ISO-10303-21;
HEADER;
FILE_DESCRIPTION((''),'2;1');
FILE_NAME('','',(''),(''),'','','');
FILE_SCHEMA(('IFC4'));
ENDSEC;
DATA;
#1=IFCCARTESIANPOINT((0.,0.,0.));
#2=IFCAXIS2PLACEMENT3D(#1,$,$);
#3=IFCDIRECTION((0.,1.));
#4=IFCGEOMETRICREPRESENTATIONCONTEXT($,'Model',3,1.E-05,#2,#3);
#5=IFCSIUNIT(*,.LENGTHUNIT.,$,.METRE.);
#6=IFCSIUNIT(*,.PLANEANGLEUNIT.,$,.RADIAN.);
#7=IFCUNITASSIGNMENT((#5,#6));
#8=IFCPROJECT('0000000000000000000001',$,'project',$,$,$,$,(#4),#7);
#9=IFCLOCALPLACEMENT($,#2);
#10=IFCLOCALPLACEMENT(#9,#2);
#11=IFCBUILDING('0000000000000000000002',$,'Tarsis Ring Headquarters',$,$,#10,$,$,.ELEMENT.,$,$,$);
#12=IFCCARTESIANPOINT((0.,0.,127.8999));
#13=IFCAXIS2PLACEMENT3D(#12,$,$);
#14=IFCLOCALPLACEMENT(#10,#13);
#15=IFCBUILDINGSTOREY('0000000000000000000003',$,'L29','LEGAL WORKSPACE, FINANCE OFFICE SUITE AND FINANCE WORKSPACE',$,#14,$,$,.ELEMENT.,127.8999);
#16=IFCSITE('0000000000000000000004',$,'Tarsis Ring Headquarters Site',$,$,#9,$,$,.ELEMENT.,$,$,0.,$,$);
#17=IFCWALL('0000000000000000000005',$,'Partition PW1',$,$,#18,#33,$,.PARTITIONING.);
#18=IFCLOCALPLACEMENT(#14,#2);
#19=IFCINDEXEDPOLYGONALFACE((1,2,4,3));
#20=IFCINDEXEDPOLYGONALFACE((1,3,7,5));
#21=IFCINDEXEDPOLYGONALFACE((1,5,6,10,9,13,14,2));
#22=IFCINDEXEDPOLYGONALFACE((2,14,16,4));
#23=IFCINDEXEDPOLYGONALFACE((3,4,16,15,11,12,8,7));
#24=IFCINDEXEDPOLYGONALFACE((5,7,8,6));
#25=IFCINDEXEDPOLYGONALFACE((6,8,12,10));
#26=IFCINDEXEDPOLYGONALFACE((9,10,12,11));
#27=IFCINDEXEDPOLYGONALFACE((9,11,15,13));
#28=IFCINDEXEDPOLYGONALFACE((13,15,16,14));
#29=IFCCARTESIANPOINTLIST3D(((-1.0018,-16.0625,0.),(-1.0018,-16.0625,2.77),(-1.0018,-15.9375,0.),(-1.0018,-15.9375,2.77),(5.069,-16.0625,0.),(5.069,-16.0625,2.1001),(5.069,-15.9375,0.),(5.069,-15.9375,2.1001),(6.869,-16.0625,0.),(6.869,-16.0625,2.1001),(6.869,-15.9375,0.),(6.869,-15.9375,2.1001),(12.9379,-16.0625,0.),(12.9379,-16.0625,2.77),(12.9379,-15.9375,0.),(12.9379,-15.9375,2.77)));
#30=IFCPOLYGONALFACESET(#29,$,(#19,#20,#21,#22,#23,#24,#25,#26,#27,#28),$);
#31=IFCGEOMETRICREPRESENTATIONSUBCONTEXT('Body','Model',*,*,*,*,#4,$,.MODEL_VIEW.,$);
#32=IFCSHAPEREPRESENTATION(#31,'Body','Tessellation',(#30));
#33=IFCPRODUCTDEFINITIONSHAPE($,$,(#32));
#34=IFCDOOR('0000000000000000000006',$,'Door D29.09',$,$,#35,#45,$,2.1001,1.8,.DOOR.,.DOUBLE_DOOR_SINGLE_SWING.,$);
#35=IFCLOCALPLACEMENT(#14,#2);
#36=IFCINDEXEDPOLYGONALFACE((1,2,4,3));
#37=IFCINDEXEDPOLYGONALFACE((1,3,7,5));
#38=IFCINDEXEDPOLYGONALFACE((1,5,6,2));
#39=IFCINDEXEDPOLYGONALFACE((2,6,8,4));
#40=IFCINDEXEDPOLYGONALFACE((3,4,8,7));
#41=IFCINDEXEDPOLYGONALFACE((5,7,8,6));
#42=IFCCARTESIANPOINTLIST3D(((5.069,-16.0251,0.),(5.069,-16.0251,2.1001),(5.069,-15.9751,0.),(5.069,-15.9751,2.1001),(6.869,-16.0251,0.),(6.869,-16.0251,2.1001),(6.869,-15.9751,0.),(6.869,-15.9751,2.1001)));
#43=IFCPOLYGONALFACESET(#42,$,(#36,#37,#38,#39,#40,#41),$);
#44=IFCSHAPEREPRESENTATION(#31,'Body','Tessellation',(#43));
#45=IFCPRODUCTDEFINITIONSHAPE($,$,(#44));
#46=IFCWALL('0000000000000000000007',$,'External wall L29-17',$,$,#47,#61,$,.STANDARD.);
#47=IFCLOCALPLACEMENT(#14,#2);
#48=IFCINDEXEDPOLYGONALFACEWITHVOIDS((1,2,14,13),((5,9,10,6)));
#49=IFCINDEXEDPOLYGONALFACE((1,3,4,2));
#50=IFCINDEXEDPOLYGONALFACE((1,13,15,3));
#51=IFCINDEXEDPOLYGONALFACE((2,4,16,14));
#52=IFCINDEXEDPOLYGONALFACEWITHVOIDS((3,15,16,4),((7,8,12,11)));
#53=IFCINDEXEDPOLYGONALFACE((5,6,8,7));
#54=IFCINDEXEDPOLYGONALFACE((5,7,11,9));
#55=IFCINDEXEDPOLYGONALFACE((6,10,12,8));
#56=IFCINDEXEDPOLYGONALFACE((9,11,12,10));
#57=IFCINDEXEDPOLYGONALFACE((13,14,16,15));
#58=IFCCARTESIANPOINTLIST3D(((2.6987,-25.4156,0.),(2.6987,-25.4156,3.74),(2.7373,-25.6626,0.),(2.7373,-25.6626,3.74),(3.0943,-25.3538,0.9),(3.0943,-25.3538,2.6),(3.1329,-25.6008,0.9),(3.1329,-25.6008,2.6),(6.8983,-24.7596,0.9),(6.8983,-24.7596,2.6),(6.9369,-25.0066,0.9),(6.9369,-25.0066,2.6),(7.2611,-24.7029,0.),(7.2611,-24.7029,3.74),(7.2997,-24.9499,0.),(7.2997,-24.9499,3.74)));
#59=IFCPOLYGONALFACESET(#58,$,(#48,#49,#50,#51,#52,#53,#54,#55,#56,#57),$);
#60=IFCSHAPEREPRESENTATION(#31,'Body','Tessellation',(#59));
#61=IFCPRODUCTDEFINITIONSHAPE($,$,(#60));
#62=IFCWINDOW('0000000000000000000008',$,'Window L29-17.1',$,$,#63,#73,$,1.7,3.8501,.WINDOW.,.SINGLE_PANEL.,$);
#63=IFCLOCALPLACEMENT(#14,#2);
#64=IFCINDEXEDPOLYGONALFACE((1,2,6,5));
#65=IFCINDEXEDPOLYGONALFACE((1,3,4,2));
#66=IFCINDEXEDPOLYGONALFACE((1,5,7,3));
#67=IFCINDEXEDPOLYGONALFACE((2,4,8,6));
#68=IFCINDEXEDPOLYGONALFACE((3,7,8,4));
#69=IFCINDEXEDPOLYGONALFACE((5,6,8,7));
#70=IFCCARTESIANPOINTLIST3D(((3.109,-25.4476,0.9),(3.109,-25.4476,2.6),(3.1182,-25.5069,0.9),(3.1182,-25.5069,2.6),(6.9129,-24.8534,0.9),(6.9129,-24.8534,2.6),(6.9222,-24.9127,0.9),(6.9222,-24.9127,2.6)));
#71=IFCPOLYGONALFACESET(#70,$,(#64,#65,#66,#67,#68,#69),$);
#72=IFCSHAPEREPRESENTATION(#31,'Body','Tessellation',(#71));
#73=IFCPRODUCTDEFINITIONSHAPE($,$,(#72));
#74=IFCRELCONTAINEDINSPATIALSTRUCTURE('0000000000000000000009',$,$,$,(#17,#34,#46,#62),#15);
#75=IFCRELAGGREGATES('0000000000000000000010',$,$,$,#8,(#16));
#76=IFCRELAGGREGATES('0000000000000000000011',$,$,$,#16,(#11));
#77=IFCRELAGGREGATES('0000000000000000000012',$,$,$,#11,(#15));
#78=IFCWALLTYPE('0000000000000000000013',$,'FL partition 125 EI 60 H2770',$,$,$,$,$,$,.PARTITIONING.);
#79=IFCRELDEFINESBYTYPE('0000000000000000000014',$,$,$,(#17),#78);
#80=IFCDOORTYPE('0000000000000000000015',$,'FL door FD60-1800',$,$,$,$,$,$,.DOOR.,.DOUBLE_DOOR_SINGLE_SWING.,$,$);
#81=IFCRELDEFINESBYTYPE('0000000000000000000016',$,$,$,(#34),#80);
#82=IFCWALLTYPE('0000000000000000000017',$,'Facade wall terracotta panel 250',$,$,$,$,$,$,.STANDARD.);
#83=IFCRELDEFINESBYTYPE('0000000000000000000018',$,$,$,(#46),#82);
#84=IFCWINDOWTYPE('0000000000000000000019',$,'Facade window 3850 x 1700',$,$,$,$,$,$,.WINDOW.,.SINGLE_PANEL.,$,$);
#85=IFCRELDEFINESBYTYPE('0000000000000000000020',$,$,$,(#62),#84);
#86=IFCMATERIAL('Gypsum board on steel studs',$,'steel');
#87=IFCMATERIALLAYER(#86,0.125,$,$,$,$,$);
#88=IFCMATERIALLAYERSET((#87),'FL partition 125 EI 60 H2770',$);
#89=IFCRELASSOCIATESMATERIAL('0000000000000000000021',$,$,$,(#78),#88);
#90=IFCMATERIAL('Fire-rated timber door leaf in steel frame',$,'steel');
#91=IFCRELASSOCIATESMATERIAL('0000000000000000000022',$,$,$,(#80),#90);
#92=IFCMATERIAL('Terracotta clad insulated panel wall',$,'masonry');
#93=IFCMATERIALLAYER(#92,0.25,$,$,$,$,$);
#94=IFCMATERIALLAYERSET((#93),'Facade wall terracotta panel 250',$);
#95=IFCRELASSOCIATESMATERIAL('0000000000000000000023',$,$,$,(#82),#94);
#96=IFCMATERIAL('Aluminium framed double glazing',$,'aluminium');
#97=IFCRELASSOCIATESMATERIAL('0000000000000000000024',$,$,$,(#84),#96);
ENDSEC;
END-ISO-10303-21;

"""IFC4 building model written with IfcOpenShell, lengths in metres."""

from ifc_helpers import new_model, si_unit, direction, frame, frame_2d, origin, place, context, subcontext, project, spatial, rectangle, extrude, material, layer, layer_set, type_object, element, fill, save


model = new_model("IFC4")

# Units and contexts
model_context = context("Model", 3, precision=1e-05, world=origin(), true_north=direction((0.0, 1.0)))
body_context = subcontext(model_context, "Body", "Model", "MODEL_VIEW")
ifc_project = project(units=[si_unit("LENGTHUNIT", "METRE"), si_unit("PLANEANGLEUNIT", "RADIAN")], contexts=[model_context])

# Site, building, storey
site_placement = place(None, origin())
site = spatial("IfcSite", under=ifc_project, at=site_placement, Name="Tarsis Ring Headquarters Site", CompositionType="ELEMENT", RefElevation=0.0)
building_placement = place(site_placement, origin())
building = spatial("IfcBuilding", under=site, at=building_placement, Name="Tarsis Ring Headquarters", CompositionType="ELEMENT")
storey_placement = place(building_placement, frame((0.0, 0.0, 127.8999)))
storey = spatial("IfcBuildingStorey", under=building, at=storey_placement, Name="L29", Description="LEGAL WORKSPACE, FINANCE OFFICE SUITE AND FINANCE WORKSPACE", CompositionType="ELEMENT", Elevation=127.8999)

# Wall, opening, door
ifc_material_1 = material(Name="Gypsum board on steel studs", Category="steel")
ifc_layer_1 = layer(ifc_material_1, 0.125)
ifc_layer_set_1 = layer_set([ifc_layer_1], Name="FL partition 125 EI 60 H2770")
wall_type_1 = type_object("IfcWallType", Name="FL partition 125 EI 60 H2770", PredefinedType="PARTITIONING", material=ifc_layer_set_1)
wall_1_placement = place(storey_placement, frame((-1.0017, -16.0, 0.0), z_axis=(0.0, 0.0, 1.0), x_axis=(1.0, 0.0, 0.0)))
wall_1 = element("IfcWall", 1, at=wall_1_placement, inside=storey, type_object=wall_type_1, Name="Partition PW1", PredefinedType="PARTITIONING", context=body_context, shape_type="SweptSolid", body=[
    extrude(rectangle(XDim=13.9397, YDim=0.125, at=frame_2d((6.9697, 0.0))), origin(), (0.0, 0.0, 1.0), 2.77),
])
opening_1_placement = place(wall_1_placement, frame((6.0708, 0.0, 0.0)))
opening_1 = element("IfcOpeningElement", 2, at=opening_1_placement, cuts=wall_1, PredefinedType="OPENING", context=body_context, shape_type="SweptSolid", body=[
    extrude(rectangle(XDim=1.8, YDim=2.1001, at=frame_2d((0.8999, 1.05))), frame((0.0, 0.0725, 0.0), z_axis=(0.0, -1.0, 0.0), x_axis=(1.0, 0.0, 0.0)), (0.0, 0.0, 1.0), 0.145),
])
ifc_material_2 = material(Name="Fire-rated timber door leaf in steel frame", Category="steel")
door_type_1 = type_object("IfcDoorType", Name="FL door FD60-1800", OperationType="DOUBLE_DOOR_SINGLE_SWING", PredefinedType="DOOR", material=ifc_material_2)
door_1_placement = place(opening_1_placement, origin())
door_1 = element("IfcDoor", 3, at=door_1_placement, inside=storey, type_object=door_type_1, Name="Door D29.09", OperationType="DOUBLE_DOOR_SINGLE_SWING", OverallHeight=2.1001, OverallWidth=1.8, PredefinedType="DOOR", context=body_context, shape_type="SweptSolid", body=[
    extrude(rectangle(XDim=1.8, YDim=2.1001, at=frame_2d((0.8999, 1.05))), frame((0.0, 0.0249, 0.0), z_axis=(0.0, -1.0, 0.0), x_axis=(1.0, 0.0, 0.0)), (0.0, 0.0, 1.0), 0.05),
])
fill(opening_1, door_1)

# Wall, opening, window
ifc_material_3 = material(Name="Terracotta clad insulated panel wall", Category="masonry")
ifc_layer_2 = layer(ifc_material_3, 0.25)
ifc_layer_set_2 = layer_set([ifc_layer_2], Name="Facade wall terracotta panel 250")
wall_type_2 = type_object("IfcWallType", Name="Facade wall terracotta panel 250", PredefinedType="STANDARD", material=ifc_layer_set_2)
wall_2_placement = place(storey_placement, frame((2.718, -25.5391, 0.0), z_axis=(0.0, 0.0, 1.0), x_axis=(0.988019, 0.154333, 0.0)))
wall_2 = element("IfcWall", 4, at=wall_2_placement, inside=storey, type_object=wall_type_2, Name="External wall L29-17", PredefinedType="STANDARD", context=body_context, shape_type="SweptSolid", body=[
    extrude(rectangle(XDim=4.6177, YDim=0.25, at=frame_2d((2.3088, 0.0))), origin(), (0.0, 0.0, 1.0), 3.74),
])
opening_2_placement = place(wall_2_placement, frame((0.4004, 0.0, 0.8999)))
opening_2 = element("IfcOpeningElement", 5, at=opening_2_placement, cuts=wall_2, PredefinedType="OPENING", context=body_context, shape_type="SweptSolid", body=[
    extrude(rectangle(XDim=3.8501, YDim=1.7, at=frame_2d((1.925, 0.8501))), frame((0.0, 0.135, 0.0), z_axis=(0.0, -1.0, 0.0), x_axis=(1.0, 0.0, 0.0)), (0.0, 0.0, 1.0), 0.27),
])
ifc_material_4 = material(Name="Aluminium framed double glazing", Category="aluminium")
window_type = type_object("IfcWindowType", Name="Facade window 3850 x 1700", PartitioningType="SINGLE_PANEL", PredefinedType="WINDOW", material=ifc_material_4)
window_placement = place(opening_2_placement, origin())
window = element("IfcWindow", 6, at=window_placement, inside=storey, type_object=window_type, Name="Window L29-17.1", OverallHeight=1.7, OverallWidth=3.8501, PartitioningType="SINGLE_PANEL", PredefinedType="WINDOW", context=body_context, shape_type="SweptSolid", body=[
    extrude(rectangle(XDim=3.8501, YDim=1.7, at=frame_2d((1.925, 0.8501))), frame((0.0, 0.03, 0.0), z_axis=(0.0, -1.0, 0.0), x_axis=(1.0, 0.0, 0.0)), (0.0, 0.0, 1.0), 0.0601),
])
fill(opening_2, window)

save(model, "model.ifc")
